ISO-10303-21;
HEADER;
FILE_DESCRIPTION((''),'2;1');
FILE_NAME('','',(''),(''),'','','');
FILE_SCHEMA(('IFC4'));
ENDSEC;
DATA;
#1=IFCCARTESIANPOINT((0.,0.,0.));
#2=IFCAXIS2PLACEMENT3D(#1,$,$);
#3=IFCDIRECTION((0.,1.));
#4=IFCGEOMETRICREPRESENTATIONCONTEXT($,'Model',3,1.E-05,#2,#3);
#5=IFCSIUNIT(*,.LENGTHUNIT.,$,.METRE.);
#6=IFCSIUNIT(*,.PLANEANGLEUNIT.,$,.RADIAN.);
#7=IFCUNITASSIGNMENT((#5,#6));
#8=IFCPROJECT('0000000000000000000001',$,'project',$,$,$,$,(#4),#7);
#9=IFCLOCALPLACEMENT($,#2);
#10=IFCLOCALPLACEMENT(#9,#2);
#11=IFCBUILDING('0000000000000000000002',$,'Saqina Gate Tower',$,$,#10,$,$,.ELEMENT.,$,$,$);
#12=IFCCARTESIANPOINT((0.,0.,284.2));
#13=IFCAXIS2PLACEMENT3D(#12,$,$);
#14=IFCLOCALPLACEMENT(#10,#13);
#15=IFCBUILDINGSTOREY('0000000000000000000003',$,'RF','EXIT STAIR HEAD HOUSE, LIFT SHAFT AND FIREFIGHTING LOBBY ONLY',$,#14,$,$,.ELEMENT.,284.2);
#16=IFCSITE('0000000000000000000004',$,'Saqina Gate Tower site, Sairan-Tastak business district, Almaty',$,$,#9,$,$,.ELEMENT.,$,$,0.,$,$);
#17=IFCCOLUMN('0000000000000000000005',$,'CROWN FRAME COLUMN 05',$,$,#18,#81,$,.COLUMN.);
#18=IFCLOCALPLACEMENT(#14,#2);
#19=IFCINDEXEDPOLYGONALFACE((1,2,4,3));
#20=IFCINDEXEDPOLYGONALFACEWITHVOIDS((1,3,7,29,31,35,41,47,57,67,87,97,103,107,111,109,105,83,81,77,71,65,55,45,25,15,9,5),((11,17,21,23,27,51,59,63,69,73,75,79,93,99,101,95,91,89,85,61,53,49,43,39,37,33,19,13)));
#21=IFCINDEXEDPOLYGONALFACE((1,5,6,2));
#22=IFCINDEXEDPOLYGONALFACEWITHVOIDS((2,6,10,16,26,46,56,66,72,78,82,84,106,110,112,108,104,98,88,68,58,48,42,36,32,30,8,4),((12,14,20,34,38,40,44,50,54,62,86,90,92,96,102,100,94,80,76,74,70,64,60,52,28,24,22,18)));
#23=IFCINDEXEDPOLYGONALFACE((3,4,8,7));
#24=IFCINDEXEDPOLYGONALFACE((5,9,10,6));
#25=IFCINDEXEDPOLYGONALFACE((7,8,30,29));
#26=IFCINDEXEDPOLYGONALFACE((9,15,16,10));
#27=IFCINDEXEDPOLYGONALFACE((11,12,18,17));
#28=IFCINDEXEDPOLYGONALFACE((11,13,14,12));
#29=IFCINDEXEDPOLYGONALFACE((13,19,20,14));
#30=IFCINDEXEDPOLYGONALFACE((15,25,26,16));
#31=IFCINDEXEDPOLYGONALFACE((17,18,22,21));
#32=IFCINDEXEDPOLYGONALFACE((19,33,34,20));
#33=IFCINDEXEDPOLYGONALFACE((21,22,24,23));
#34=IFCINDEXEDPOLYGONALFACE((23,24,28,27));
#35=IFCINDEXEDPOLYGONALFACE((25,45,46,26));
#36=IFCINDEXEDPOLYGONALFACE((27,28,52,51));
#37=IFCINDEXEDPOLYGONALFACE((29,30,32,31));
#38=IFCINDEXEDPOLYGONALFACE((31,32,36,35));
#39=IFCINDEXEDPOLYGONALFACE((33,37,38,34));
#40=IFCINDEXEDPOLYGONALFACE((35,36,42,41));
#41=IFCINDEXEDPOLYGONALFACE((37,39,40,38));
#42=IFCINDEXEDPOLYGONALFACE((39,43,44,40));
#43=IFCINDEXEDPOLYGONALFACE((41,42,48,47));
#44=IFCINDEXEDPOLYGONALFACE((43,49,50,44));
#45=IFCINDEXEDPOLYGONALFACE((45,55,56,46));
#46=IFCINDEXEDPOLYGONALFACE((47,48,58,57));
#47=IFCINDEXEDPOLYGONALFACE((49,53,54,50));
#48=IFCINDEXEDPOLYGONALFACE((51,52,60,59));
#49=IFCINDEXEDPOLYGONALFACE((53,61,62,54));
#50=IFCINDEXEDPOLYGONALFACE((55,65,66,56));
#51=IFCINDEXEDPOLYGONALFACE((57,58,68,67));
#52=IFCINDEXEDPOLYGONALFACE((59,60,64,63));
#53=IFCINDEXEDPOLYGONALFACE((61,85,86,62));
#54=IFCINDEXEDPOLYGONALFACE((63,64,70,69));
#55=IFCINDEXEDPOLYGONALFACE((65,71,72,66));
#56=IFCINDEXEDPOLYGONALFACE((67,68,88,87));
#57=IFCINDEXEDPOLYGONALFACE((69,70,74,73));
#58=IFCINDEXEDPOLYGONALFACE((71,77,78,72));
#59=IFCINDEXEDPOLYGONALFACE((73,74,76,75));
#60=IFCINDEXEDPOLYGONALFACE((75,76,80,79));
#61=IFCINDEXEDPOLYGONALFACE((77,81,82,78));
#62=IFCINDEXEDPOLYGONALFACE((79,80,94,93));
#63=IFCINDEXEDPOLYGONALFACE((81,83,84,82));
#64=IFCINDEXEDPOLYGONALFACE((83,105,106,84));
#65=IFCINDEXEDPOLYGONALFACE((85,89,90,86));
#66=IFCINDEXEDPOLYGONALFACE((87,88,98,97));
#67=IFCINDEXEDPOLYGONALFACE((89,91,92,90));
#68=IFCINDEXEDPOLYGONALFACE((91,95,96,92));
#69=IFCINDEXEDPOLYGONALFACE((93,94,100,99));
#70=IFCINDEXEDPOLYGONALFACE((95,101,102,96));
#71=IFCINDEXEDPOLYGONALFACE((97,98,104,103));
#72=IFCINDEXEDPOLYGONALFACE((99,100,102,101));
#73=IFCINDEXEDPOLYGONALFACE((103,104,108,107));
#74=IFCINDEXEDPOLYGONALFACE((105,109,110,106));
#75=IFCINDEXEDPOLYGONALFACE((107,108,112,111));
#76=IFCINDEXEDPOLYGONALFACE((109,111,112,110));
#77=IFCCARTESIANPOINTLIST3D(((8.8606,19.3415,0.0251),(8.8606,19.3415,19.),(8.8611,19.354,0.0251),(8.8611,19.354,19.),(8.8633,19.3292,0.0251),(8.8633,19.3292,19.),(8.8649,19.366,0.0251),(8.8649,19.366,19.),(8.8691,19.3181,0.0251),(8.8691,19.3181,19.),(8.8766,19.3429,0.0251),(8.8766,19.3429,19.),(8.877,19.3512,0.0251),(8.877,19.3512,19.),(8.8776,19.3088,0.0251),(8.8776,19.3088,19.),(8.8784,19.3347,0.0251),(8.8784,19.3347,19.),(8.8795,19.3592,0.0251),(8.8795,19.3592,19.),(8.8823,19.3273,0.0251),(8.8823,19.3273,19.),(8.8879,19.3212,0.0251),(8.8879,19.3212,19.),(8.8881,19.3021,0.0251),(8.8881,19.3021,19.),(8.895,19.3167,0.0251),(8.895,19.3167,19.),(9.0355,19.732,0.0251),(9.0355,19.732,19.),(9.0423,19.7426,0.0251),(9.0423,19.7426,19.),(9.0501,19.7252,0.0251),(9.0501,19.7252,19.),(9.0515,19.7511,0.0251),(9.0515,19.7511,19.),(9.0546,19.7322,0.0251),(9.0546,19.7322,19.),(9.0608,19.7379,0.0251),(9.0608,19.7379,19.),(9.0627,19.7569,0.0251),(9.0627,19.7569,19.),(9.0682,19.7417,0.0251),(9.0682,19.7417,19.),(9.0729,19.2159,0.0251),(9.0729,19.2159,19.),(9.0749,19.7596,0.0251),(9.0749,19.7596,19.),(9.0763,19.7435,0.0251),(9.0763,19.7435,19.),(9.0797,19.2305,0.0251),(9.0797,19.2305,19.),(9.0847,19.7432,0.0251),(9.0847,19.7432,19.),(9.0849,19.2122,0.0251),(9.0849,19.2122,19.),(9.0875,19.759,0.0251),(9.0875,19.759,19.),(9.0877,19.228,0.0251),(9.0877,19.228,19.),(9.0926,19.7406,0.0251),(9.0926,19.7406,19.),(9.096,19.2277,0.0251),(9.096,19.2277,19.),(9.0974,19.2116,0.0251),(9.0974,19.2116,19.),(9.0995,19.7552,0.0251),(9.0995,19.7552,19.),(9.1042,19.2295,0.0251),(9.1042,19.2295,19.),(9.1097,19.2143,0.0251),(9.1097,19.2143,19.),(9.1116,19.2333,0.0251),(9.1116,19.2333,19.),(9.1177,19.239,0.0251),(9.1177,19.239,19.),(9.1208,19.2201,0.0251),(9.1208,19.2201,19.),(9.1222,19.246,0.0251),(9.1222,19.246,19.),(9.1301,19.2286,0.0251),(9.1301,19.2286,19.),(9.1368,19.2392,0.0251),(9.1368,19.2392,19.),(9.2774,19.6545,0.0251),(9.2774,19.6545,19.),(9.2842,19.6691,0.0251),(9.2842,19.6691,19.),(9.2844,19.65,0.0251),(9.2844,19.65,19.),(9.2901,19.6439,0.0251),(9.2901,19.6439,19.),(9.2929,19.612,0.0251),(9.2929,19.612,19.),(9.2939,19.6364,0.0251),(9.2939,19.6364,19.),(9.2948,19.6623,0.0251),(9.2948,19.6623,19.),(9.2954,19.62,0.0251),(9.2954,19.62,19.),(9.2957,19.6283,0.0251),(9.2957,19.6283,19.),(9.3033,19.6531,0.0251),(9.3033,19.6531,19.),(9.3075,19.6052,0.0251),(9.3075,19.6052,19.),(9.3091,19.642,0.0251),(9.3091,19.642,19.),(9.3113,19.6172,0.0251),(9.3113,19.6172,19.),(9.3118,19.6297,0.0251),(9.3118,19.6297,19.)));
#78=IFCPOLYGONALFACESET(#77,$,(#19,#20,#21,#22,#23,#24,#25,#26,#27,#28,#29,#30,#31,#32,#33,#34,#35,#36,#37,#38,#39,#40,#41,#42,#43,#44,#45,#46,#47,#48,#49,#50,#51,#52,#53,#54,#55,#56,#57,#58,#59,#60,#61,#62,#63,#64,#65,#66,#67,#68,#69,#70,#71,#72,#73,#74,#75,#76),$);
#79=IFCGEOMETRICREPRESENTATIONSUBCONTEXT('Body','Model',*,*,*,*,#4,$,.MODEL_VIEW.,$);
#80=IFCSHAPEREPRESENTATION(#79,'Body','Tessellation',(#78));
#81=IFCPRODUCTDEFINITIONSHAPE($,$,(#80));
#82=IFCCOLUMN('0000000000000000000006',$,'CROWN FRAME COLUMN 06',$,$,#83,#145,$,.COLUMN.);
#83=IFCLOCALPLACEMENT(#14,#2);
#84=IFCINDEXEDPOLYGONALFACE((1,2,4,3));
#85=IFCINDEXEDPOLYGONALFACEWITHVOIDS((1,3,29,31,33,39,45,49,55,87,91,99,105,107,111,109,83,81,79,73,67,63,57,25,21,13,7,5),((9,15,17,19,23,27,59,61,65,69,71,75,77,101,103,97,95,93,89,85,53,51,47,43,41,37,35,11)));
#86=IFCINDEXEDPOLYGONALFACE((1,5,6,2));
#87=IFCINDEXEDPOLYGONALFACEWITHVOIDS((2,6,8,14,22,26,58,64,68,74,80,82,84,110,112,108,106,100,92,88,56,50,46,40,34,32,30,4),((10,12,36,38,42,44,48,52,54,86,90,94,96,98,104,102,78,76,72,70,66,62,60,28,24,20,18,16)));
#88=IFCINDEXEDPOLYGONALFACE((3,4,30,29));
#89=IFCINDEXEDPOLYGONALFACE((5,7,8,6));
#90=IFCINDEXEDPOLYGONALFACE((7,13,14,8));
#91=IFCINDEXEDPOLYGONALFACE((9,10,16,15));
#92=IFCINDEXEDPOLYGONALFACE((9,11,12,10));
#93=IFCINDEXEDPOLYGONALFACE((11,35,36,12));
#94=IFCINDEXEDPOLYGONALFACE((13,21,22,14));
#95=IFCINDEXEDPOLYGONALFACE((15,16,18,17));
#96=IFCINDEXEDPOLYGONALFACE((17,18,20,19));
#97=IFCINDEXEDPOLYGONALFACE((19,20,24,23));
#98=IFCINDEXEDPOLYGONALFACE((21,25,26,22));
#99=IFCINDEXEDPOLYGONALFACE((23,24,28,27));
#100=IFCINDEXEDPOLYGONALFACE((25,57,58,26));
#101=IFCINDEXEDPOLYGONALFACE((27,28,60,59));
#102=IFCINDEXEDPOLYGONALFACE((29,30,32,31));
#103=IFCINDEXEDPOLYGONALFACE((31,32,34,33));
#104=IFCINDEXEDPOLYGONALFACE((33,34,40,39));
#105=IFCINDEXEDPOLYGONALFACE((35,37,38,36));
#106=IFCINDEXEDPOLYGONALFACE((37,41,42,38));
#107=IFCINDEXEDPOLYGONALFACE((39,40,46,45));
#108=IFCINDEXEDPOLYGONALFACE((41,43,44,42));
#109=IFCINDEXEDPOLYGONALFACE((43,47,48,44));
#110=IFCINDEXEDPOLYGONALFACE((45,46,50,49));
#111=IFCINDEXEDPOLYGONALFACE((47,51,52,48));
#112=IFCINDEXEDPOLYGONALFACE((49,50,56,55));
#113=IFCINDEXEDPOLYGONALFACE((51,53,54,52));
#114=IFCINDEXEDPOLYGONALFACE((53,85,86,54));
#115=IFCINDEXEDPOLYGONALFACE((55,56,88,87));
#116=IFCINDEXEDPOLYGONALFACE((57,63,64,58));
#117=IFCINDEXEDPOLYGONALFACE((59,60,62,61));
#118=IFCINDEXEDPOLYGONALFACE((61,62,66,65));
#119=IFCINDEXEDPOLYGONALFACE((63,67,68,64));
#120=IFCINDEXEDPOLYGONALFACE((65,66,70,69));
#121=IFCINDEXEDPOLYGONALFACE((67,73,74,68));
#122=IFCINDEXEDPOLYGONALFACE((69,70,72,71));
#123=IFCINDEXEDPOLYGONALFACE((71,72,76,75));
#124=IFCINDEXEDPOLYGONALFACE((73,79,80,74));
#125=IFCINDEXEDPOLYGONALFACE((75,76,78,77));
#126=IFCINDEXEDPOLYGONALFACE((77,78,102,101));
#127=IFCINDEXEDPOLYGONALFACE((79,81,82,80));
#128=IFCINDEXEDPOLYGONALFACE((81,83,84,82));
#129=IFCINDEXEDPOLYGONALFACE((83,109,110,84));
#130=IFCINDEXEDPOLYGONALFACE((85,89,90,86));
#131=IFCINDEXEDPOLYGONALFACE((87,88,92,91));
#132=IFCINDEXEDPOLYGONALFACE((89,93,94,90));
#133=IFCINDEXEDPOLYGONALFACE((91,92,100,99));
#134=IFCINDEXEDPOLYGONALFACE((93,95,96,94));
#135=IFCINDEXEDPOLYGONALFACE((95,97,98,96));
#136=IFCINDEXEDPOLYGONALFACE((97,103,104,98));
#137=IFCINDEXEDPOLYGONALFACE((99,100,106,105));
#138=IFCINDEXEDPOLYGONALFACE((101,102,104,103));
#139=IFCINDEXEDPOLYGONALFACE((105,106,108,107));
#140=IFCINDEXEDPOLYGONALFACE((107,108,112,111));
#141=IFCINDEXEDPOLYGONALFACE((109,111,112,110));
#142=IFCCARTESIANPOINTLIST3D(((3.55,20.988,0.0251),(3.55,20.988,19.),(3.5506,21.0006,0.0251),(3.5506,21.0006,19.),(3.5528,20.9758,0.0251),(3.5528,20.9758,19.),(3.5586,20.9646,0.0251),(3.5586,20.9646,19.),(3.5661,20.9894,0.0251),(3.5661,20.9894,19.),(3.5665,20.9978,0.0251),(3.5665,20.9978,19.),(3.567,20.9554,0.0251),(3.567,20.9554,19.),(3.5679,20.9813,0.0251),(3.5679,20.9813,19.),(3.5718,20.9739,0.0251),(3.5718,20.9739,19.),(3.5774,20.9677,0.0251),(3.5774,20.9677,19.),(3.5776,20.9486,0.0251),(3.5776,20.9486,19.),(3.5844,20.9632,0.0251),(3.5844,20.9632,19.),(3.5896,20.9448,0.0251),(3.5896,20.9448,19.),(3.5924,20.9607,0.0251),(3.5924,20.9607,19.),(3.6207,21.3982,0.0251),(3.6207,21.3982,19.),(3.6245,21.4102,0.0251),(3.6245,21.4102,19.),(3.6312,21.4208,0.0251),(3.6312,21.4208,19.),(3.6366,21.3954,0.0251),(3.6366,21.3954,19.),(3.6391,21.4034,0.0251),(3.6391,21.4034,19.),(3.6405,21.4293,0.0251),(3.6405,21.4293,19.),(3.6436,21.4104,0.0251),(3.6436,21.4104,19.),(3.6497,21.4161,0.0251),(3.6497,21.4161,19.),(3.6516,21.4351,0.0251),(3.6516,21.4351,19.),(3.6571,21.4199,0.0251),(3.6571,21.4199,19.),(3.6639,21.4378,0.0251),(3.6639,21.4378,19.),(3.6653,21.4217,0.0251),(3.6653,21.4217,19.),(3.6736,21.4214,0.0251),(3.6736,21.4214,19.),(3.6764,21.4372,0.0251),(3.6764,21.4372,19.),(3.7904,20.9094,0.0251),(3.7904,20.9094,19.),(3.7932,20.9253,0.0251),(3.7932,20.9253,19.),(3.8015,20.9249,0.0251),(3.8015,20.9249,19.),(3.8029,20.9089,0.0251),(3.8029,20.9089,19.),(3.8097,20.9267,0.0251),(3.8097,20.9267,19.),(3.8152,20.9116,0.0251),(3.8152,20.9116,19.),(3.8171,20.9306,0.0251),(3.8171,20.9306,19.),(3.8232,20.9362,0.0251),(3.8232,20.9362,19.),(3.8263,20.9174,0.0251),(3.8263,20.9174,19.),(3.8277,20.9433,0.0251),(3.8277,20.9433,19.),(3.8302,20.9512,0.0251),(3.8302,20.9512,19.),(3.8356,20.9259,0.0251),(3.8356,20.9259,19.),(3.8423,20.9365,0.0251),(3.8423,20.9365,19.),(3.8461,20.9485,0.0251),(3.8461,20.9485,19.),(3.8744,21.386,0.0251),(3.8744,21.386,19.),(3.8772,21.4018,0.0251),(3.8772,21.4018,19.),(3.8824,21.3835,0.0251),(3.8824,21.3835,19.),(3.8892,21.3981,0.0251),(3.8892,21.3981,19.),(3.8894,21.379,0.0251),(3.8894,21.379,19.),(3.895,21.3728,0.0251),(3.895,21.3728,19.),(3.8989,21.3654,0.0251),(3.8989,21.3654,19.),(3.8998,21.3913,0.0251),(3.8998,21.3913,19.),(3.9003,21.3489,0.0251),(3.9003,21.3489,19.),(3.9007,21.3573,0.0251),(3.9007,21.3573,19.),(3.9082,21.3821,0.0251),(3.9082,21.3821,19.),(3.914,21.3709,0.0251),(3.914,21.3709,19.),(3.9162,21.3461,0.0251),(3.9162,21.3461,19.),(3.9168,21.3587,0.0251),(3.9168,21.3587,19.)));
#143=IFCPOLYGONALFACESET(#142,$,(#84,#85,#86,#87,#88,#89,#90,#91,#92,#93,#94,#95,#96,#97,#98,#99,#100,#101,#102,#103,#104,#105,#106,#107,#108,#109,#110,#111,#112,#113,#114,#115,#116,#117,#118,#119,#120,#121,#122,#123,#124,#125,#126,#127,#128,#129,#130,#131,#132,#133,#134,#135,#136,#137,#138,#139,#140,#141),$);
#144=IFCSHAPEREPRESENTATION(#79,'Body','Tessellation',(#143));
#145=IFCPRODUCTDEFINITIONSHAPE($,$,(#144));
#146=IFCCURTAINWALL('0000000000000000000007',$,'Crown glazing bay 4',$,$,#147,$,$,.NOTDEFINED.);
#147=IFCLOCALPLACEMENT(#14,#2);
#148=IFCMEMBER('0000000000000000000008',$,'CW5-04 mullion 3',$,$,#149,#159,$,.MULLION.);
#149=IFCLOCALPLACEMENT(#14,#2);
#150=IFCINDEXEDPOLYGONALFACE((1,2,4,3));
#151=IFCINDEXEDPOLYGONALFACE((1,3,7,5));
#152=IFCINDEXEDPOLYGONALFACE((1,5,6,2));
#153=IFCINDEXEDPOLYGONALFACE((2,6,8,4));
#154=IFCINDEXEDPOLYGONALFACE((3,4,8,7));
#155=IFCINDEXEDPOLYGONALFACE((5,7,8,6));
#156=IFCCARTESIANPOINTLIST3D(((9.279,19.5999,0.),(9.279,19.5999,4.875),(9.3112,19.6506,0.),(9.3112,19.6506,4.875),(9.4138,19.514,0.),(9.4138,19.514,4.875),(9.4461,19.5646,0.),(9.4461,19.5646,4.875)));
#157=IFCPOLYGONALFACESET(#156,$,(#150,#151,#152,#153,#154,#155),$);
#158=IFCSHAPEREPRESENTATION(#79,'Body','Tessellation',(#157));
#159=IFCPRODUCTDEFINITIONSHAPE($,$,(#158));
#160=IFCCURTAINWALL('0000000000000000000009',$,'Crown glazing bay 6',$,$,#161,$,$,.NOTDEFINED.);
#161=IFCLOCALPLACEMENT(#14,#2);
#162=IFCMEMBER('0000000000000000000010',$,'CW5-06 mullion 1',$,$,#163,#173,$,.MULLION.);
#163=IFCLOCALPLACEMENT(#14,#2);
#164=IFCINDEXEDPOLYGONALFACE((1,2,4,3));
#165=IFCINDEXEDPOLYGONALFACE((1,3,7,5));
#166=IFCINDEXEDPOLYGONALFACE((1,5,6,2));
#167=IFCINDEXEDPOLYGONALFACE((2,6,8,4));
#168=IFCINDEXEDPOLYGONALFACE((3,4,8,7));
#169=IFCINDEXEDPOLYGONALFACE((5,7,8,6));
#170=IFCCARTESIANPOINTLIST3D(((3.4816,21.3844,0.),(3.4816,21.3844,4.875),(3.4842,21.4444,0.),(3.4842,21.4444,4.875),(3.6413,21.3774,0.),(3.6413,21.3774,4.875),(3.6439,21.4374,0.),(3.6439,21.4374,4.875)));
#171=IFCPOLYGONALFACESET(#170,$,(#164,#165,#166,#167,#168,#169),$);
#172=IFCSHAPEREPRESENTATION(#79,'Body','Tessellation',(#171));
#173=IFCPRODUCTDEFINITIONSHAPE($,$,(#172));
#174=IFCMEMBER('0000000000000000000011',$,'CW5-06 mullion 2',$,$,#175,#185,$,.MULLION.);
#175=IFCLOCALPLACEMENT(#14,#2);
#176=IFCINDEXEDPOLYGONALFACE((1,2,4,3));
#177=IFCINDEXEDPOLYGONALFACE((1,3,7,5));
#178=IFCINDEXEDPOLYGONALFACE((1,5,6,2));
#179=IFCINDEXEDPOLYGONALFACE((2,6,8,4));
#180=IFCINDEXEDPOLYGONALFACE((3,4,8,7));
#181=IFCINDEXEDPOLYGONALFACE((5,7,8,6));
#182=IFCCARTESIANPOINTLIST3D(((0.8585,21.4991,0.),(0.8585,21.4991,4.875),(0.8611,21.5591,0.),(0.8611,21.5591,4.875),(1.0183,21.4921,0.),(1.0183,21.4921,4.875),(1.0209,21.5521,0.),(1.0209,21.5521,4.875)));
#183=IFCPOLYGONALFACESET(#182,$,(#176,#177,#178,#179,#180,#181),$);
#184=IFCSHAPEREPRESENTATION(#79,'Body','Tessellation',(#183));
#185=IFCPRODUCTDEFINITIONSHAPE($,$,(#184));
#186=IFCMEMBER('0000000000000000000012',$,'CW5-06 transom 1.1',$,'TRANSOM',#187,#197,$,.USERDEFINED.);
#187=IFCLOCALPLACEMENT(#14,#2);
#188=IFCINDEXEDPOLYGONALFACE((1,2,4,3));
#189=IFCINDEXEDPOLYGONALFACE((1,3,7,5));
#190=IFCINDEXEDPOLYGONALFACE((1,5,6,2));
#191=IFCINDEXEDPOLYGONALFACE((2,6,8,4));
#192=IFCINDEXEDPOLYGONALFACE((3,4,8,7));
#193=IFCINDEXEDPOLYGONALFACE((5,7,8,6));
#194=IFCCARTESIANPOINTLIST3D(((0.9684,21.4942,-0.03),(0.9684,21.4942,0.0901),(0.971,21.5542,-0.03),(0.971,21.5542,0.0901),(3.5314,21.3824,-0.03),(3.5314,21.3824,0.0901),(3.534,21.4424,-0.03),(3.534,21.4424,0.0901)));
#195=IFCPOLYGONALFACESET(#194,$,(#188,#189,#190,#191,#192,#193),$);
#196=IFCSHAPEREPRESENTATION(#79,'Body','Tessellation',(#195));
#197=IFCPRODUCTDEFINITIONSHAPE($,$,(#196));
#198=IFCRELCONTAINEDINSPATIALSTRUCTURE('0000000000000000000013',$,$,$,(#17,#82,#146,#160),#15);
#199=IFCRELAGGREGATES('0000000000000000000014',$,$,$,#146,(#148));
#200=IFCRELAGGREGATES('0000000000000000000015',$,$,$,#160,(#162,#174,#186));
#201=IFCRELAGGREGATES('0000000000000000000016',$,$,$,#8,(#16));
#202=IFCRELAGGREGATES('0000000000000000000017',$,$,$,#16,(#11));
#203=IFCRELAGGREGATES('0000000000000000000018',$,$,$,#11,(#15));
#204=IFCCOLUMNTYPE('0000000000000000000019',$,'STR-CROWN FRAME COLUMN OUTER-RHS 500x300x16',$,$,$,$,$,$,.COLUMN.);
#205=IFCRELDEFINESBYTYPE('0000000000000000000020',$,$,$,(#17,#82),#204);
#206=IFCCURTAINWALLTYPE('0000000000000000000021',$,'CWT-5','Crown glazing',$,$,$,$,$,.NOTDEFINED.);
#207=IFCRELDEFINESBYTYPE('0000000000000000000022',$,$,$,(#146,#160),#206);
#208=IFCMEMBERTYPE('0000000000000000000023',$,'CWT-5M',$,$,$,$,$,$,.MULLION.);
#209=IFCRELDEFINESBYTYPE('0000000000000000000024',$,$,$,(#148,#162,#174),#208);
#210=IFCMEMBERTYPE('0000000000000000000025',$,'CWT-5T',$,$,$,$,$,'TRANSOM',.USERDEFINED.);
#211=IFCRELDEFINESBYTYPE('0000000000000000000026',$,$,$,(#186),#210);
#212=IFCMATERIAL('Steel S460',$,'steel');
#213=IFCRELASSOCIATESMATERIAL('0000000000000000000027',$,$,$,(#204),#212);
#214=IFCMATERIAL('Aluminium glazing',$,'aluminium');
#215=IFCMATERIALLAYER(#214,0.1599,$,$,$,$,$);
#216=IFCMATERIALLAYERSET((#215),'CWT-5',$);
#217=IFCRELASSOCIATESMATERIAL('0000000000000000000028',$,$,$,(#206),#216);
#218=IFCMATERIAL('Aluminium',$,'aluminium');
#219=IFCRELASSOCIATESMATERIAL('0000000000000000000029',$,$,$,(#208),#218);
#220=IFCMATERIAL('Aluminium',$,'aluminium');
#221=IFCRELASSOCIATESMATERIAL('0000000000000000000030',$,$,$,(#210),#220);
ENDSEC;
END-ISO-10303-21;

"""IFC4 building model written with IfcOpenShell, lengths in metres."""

from ifc_helpers import new_model, si_unit, direction, frame, origin, origin_2d, place, context, subcontext, project, spatial, rectangle, hollow_rectangle, extrude, material, layer, layer_set, material_profile, profile_set, type_object, element, aggregate, save


model = new_model("IFC4")

# Units and contexts
model_context = context("Model", 3, precision=1e-05, world=origin(), true_north=direction((0.0, 1.0)))
body_context = subcontext(model_context, "Body", "Model", "MODEL_VIEW")
ifc_project = project(units=[si_unit("LENGTHUNIT", "METRE"), si_unit("PLANEANGLEUNIT", "RADIAN")], contexts=[model_context])

# Site, building, storey
site_placement = place(None, origin())
site = spatial("IfcSite", under=ifc_project, at=site_placement, Name="Saqina Gate Tower site, Sairan-Tastak business district, Almaty", CompositionType="ELEMENT", RefElevation=0.0)
building_placement = place(site_placement, origin())
building = spatial("IfcBuilding", under=site, at=building_placement, Name="Saqina Gate Tower", CompositionType="ELEMENT")
storey_placement = place(building_placement, frame((0.0, 0.0, 284.2)))
storey = spatial("IfcBuildingStorey", under=building, at=storey_placement, Name="RF", Description="EXIT STAIR HEAD HOUSE, LIFT SHAFT AND FIREFIGHTING LOBBY ONLY", CompositionType="ELEMENT", Elevation=284.2)

# Columns
ifc_material_1 = material(Name="Steel S460", Category="steel")
ifc_material_profile_1 = material_profile(ifc_material_1, hollow_rectangle(XDim=0.3, YDim=0.5, WallThickness=0.0161, InnerFilletRadius=0.032, OuterFilletRadius=0.0481, at=origin_2d()), Name="RHS 500x300x16")
ifc_profile_set_1 = profile_set([ifc_material_profile_1], Name="Steel S460")
column_type = type_object("IfcColumnType", Name="STR-CROWN FRAME COLUMN OUTER-RHS 500x300x16", PredefinedType="COLUMN", material=ifc_profile_set_1)
for number, where, z_axis, x_axis, name in (
    (1, (9.0862, 19.4856, 0.0251), (0.0, 0.0, 1.0), (-0.906308, 0.422618, 0.0), "CROWN FRAME COLUMN 05"),
    (2, (3.7334, 21.1733, 0.0251), (0.0, 0.0, 1.0), (-0.984808, 0.173648, 0.0), "CROWN FRAME COLUMN 06"),
):
    element("IfcColumn", number, at=place(storey_placement, frame(where, z_axis=z_axis, x_axis=x_axis)), inside=storey, type_object=column_type, Name=name, PredefinedType="COLUMN", context=body_context, shape_type="SweptSolid", body=[
        extrude(hollow_rectangle(XDim=0.3, YDim=0.5, WallThickness=0.0161, InnerFilletRadius=0.032, OuterFilletRadius=0.0481, at=origin_2d()), origin(), (0.0, 0.0, 1.0), 18.9749),
    ])

# Curtain wall, member
ifc_material_2 = material(Name="Aluminium glazing", Category="aluminium")
ifc_layer_1 = layer(ifc_material_2, 0.1599)
ifc_layer_set_1 = layer_set([ifc_layer_1], Name="CWT-5")
curtain_wall_type = type_object("IfcCurtainWallType", Name="CWT-5", Description="Crown glazing", PredefinedType="NOTDEFINED", material=ifc_layer_set_1)
curtain_wall_1_placement = place(storey_placement, origin())
curtain_wall_1 = element("IfcCurtainWall", 3, at=curtain_wall_1_placement, inside=storey, type_object=curtain_wall_type, Name="Crown glazing bay 4", PredefinedType="NOTDEFINED")
ifc_material_3 = material(Name="Aluminium", Category="aluminium")
ifc_material_profile_2 = material_profile(ifc_material_3, rectangle(XDim=0.0601, YDim=0.1599, at=origin_2d()), Name="Aluminium 60x160")
ifc_profile_set_2 = profile_set([ifc_material_profile_2], Name="Aluminium")
member_type_1 = type_object("IfcMemberType", Name="CWT-5M", PredefinedType="MULLION", material=ifc_profile_set_2)
member_1_placement = place(storey_placement, frame((9.3625, 19.5823, 0.0), z_axis=(0.0, 0.0, 1.0), x_axis=(-0.537295, -0.843395, 0.0)))
member_1 = element("IfcMember", 4, at=member_1_placement, type_object=member_type_1, Name="CW5-04 mullion 3", PredefinedType="MULLION", context=body_context, shape_type="SweptSolid", body=[
    extrude(rectangle(XDim=0.0601, YDim=0.1599, at=origin_2d()), origin(), (0.0, 0.0, 1.0), 4.875),
])
aggregate(curtain_wall_1, [member_1])

# Curtain wall, members
curtain_wall_2_placement = place(storey_placement, origin())
curtain_wall_2 = element("IfcCurtainWall", 5, at=curtain_wall_2_placement, inside=storey, type_object=curtain_wall_type, Name="Crown glazing bay 6", PredefinedType="NOTDEFINED")
member_2_placement = place(storey_placement, frame((3.5627, 21.4109, 0.0), z_axis=(0.0, 0.0, 1.0), x_axis=(-0.043629, -0.999048, 0.0)))
member_2 = element("IfcMember", 6, at=member_2_placement, type_object=member_type_1, Name="CW5-06 mullion 1", PredefinedType="MULLION", context=body_context, shape_type="SweptSolid", body=[
    extrude(rectangle(XDim=0.0601, YDim=0.1599, at=origin_2d()), origin(), (0.0, 0.0, 1.0), 4.875),
])
member_3_placement = place(storey_placement, frame((0.9397, 21.5256, 0.0), z_axis=(0.0, 0.0, 1.0), x_axis=(-0.043629, -0.999048, 0.0)))
member_3 = element("IfcMember", 7, at=member_3_placement, type_object=member_type_1, Name="CW5-06 mullion 2", PredefinedType="MULLION", context=body_context, shape_type="SweptSolid", body=[
    extrude(rectangle(XDim=0.0601, YDim=0.1599, at=origin_2d()), origin(), (0.0, 0.0, 1.0), 4.875),
])
ifc_material_4 = material(Name="Aluminium", Category="aluminium")
ifc_material_profile_3 = material_profile(ifc_material_4, rectangle(XDim=0.0601, YDim=0.1201, at=origin_2d()), Name="Aluminium 60x120")
ifc_profile_set_3 = profile_set([ifc_material_profile_3], Name="Aluminium")
member_type_2 = type_object("IfcMemberType", Name="CWT-5T", ElementType="TRANSOM", PredefinedType="USERDEFINED", material=ifc_profile_set_3)
member_4_placement = place(storey_placement, frame((3.5327, 21.4124, 0.03), z_axis=(-0.99905, 0.043586, 0.0), x_axis=(-0.043586, -0.99905, 0.0)))
member_4 = element("IfcMember", 8, at=member_4_placement, type_object=member_type_2, Name="CW5-06 transom 1.1", ObjectType="TRANSOM", PredefinedType="USERDEFINED", context=body_context, shape_type="SweptSolid", body=[
    extrude(rectangle(XDim=0.0601, YDim=0.1201, at=origin_2d()), origin(), (0.0, 0.0, 1.0), 2.5654),
])

aggregate(curtain_wall_2, [member_2, member_3, member_4])

save(model, "model.ifc")
